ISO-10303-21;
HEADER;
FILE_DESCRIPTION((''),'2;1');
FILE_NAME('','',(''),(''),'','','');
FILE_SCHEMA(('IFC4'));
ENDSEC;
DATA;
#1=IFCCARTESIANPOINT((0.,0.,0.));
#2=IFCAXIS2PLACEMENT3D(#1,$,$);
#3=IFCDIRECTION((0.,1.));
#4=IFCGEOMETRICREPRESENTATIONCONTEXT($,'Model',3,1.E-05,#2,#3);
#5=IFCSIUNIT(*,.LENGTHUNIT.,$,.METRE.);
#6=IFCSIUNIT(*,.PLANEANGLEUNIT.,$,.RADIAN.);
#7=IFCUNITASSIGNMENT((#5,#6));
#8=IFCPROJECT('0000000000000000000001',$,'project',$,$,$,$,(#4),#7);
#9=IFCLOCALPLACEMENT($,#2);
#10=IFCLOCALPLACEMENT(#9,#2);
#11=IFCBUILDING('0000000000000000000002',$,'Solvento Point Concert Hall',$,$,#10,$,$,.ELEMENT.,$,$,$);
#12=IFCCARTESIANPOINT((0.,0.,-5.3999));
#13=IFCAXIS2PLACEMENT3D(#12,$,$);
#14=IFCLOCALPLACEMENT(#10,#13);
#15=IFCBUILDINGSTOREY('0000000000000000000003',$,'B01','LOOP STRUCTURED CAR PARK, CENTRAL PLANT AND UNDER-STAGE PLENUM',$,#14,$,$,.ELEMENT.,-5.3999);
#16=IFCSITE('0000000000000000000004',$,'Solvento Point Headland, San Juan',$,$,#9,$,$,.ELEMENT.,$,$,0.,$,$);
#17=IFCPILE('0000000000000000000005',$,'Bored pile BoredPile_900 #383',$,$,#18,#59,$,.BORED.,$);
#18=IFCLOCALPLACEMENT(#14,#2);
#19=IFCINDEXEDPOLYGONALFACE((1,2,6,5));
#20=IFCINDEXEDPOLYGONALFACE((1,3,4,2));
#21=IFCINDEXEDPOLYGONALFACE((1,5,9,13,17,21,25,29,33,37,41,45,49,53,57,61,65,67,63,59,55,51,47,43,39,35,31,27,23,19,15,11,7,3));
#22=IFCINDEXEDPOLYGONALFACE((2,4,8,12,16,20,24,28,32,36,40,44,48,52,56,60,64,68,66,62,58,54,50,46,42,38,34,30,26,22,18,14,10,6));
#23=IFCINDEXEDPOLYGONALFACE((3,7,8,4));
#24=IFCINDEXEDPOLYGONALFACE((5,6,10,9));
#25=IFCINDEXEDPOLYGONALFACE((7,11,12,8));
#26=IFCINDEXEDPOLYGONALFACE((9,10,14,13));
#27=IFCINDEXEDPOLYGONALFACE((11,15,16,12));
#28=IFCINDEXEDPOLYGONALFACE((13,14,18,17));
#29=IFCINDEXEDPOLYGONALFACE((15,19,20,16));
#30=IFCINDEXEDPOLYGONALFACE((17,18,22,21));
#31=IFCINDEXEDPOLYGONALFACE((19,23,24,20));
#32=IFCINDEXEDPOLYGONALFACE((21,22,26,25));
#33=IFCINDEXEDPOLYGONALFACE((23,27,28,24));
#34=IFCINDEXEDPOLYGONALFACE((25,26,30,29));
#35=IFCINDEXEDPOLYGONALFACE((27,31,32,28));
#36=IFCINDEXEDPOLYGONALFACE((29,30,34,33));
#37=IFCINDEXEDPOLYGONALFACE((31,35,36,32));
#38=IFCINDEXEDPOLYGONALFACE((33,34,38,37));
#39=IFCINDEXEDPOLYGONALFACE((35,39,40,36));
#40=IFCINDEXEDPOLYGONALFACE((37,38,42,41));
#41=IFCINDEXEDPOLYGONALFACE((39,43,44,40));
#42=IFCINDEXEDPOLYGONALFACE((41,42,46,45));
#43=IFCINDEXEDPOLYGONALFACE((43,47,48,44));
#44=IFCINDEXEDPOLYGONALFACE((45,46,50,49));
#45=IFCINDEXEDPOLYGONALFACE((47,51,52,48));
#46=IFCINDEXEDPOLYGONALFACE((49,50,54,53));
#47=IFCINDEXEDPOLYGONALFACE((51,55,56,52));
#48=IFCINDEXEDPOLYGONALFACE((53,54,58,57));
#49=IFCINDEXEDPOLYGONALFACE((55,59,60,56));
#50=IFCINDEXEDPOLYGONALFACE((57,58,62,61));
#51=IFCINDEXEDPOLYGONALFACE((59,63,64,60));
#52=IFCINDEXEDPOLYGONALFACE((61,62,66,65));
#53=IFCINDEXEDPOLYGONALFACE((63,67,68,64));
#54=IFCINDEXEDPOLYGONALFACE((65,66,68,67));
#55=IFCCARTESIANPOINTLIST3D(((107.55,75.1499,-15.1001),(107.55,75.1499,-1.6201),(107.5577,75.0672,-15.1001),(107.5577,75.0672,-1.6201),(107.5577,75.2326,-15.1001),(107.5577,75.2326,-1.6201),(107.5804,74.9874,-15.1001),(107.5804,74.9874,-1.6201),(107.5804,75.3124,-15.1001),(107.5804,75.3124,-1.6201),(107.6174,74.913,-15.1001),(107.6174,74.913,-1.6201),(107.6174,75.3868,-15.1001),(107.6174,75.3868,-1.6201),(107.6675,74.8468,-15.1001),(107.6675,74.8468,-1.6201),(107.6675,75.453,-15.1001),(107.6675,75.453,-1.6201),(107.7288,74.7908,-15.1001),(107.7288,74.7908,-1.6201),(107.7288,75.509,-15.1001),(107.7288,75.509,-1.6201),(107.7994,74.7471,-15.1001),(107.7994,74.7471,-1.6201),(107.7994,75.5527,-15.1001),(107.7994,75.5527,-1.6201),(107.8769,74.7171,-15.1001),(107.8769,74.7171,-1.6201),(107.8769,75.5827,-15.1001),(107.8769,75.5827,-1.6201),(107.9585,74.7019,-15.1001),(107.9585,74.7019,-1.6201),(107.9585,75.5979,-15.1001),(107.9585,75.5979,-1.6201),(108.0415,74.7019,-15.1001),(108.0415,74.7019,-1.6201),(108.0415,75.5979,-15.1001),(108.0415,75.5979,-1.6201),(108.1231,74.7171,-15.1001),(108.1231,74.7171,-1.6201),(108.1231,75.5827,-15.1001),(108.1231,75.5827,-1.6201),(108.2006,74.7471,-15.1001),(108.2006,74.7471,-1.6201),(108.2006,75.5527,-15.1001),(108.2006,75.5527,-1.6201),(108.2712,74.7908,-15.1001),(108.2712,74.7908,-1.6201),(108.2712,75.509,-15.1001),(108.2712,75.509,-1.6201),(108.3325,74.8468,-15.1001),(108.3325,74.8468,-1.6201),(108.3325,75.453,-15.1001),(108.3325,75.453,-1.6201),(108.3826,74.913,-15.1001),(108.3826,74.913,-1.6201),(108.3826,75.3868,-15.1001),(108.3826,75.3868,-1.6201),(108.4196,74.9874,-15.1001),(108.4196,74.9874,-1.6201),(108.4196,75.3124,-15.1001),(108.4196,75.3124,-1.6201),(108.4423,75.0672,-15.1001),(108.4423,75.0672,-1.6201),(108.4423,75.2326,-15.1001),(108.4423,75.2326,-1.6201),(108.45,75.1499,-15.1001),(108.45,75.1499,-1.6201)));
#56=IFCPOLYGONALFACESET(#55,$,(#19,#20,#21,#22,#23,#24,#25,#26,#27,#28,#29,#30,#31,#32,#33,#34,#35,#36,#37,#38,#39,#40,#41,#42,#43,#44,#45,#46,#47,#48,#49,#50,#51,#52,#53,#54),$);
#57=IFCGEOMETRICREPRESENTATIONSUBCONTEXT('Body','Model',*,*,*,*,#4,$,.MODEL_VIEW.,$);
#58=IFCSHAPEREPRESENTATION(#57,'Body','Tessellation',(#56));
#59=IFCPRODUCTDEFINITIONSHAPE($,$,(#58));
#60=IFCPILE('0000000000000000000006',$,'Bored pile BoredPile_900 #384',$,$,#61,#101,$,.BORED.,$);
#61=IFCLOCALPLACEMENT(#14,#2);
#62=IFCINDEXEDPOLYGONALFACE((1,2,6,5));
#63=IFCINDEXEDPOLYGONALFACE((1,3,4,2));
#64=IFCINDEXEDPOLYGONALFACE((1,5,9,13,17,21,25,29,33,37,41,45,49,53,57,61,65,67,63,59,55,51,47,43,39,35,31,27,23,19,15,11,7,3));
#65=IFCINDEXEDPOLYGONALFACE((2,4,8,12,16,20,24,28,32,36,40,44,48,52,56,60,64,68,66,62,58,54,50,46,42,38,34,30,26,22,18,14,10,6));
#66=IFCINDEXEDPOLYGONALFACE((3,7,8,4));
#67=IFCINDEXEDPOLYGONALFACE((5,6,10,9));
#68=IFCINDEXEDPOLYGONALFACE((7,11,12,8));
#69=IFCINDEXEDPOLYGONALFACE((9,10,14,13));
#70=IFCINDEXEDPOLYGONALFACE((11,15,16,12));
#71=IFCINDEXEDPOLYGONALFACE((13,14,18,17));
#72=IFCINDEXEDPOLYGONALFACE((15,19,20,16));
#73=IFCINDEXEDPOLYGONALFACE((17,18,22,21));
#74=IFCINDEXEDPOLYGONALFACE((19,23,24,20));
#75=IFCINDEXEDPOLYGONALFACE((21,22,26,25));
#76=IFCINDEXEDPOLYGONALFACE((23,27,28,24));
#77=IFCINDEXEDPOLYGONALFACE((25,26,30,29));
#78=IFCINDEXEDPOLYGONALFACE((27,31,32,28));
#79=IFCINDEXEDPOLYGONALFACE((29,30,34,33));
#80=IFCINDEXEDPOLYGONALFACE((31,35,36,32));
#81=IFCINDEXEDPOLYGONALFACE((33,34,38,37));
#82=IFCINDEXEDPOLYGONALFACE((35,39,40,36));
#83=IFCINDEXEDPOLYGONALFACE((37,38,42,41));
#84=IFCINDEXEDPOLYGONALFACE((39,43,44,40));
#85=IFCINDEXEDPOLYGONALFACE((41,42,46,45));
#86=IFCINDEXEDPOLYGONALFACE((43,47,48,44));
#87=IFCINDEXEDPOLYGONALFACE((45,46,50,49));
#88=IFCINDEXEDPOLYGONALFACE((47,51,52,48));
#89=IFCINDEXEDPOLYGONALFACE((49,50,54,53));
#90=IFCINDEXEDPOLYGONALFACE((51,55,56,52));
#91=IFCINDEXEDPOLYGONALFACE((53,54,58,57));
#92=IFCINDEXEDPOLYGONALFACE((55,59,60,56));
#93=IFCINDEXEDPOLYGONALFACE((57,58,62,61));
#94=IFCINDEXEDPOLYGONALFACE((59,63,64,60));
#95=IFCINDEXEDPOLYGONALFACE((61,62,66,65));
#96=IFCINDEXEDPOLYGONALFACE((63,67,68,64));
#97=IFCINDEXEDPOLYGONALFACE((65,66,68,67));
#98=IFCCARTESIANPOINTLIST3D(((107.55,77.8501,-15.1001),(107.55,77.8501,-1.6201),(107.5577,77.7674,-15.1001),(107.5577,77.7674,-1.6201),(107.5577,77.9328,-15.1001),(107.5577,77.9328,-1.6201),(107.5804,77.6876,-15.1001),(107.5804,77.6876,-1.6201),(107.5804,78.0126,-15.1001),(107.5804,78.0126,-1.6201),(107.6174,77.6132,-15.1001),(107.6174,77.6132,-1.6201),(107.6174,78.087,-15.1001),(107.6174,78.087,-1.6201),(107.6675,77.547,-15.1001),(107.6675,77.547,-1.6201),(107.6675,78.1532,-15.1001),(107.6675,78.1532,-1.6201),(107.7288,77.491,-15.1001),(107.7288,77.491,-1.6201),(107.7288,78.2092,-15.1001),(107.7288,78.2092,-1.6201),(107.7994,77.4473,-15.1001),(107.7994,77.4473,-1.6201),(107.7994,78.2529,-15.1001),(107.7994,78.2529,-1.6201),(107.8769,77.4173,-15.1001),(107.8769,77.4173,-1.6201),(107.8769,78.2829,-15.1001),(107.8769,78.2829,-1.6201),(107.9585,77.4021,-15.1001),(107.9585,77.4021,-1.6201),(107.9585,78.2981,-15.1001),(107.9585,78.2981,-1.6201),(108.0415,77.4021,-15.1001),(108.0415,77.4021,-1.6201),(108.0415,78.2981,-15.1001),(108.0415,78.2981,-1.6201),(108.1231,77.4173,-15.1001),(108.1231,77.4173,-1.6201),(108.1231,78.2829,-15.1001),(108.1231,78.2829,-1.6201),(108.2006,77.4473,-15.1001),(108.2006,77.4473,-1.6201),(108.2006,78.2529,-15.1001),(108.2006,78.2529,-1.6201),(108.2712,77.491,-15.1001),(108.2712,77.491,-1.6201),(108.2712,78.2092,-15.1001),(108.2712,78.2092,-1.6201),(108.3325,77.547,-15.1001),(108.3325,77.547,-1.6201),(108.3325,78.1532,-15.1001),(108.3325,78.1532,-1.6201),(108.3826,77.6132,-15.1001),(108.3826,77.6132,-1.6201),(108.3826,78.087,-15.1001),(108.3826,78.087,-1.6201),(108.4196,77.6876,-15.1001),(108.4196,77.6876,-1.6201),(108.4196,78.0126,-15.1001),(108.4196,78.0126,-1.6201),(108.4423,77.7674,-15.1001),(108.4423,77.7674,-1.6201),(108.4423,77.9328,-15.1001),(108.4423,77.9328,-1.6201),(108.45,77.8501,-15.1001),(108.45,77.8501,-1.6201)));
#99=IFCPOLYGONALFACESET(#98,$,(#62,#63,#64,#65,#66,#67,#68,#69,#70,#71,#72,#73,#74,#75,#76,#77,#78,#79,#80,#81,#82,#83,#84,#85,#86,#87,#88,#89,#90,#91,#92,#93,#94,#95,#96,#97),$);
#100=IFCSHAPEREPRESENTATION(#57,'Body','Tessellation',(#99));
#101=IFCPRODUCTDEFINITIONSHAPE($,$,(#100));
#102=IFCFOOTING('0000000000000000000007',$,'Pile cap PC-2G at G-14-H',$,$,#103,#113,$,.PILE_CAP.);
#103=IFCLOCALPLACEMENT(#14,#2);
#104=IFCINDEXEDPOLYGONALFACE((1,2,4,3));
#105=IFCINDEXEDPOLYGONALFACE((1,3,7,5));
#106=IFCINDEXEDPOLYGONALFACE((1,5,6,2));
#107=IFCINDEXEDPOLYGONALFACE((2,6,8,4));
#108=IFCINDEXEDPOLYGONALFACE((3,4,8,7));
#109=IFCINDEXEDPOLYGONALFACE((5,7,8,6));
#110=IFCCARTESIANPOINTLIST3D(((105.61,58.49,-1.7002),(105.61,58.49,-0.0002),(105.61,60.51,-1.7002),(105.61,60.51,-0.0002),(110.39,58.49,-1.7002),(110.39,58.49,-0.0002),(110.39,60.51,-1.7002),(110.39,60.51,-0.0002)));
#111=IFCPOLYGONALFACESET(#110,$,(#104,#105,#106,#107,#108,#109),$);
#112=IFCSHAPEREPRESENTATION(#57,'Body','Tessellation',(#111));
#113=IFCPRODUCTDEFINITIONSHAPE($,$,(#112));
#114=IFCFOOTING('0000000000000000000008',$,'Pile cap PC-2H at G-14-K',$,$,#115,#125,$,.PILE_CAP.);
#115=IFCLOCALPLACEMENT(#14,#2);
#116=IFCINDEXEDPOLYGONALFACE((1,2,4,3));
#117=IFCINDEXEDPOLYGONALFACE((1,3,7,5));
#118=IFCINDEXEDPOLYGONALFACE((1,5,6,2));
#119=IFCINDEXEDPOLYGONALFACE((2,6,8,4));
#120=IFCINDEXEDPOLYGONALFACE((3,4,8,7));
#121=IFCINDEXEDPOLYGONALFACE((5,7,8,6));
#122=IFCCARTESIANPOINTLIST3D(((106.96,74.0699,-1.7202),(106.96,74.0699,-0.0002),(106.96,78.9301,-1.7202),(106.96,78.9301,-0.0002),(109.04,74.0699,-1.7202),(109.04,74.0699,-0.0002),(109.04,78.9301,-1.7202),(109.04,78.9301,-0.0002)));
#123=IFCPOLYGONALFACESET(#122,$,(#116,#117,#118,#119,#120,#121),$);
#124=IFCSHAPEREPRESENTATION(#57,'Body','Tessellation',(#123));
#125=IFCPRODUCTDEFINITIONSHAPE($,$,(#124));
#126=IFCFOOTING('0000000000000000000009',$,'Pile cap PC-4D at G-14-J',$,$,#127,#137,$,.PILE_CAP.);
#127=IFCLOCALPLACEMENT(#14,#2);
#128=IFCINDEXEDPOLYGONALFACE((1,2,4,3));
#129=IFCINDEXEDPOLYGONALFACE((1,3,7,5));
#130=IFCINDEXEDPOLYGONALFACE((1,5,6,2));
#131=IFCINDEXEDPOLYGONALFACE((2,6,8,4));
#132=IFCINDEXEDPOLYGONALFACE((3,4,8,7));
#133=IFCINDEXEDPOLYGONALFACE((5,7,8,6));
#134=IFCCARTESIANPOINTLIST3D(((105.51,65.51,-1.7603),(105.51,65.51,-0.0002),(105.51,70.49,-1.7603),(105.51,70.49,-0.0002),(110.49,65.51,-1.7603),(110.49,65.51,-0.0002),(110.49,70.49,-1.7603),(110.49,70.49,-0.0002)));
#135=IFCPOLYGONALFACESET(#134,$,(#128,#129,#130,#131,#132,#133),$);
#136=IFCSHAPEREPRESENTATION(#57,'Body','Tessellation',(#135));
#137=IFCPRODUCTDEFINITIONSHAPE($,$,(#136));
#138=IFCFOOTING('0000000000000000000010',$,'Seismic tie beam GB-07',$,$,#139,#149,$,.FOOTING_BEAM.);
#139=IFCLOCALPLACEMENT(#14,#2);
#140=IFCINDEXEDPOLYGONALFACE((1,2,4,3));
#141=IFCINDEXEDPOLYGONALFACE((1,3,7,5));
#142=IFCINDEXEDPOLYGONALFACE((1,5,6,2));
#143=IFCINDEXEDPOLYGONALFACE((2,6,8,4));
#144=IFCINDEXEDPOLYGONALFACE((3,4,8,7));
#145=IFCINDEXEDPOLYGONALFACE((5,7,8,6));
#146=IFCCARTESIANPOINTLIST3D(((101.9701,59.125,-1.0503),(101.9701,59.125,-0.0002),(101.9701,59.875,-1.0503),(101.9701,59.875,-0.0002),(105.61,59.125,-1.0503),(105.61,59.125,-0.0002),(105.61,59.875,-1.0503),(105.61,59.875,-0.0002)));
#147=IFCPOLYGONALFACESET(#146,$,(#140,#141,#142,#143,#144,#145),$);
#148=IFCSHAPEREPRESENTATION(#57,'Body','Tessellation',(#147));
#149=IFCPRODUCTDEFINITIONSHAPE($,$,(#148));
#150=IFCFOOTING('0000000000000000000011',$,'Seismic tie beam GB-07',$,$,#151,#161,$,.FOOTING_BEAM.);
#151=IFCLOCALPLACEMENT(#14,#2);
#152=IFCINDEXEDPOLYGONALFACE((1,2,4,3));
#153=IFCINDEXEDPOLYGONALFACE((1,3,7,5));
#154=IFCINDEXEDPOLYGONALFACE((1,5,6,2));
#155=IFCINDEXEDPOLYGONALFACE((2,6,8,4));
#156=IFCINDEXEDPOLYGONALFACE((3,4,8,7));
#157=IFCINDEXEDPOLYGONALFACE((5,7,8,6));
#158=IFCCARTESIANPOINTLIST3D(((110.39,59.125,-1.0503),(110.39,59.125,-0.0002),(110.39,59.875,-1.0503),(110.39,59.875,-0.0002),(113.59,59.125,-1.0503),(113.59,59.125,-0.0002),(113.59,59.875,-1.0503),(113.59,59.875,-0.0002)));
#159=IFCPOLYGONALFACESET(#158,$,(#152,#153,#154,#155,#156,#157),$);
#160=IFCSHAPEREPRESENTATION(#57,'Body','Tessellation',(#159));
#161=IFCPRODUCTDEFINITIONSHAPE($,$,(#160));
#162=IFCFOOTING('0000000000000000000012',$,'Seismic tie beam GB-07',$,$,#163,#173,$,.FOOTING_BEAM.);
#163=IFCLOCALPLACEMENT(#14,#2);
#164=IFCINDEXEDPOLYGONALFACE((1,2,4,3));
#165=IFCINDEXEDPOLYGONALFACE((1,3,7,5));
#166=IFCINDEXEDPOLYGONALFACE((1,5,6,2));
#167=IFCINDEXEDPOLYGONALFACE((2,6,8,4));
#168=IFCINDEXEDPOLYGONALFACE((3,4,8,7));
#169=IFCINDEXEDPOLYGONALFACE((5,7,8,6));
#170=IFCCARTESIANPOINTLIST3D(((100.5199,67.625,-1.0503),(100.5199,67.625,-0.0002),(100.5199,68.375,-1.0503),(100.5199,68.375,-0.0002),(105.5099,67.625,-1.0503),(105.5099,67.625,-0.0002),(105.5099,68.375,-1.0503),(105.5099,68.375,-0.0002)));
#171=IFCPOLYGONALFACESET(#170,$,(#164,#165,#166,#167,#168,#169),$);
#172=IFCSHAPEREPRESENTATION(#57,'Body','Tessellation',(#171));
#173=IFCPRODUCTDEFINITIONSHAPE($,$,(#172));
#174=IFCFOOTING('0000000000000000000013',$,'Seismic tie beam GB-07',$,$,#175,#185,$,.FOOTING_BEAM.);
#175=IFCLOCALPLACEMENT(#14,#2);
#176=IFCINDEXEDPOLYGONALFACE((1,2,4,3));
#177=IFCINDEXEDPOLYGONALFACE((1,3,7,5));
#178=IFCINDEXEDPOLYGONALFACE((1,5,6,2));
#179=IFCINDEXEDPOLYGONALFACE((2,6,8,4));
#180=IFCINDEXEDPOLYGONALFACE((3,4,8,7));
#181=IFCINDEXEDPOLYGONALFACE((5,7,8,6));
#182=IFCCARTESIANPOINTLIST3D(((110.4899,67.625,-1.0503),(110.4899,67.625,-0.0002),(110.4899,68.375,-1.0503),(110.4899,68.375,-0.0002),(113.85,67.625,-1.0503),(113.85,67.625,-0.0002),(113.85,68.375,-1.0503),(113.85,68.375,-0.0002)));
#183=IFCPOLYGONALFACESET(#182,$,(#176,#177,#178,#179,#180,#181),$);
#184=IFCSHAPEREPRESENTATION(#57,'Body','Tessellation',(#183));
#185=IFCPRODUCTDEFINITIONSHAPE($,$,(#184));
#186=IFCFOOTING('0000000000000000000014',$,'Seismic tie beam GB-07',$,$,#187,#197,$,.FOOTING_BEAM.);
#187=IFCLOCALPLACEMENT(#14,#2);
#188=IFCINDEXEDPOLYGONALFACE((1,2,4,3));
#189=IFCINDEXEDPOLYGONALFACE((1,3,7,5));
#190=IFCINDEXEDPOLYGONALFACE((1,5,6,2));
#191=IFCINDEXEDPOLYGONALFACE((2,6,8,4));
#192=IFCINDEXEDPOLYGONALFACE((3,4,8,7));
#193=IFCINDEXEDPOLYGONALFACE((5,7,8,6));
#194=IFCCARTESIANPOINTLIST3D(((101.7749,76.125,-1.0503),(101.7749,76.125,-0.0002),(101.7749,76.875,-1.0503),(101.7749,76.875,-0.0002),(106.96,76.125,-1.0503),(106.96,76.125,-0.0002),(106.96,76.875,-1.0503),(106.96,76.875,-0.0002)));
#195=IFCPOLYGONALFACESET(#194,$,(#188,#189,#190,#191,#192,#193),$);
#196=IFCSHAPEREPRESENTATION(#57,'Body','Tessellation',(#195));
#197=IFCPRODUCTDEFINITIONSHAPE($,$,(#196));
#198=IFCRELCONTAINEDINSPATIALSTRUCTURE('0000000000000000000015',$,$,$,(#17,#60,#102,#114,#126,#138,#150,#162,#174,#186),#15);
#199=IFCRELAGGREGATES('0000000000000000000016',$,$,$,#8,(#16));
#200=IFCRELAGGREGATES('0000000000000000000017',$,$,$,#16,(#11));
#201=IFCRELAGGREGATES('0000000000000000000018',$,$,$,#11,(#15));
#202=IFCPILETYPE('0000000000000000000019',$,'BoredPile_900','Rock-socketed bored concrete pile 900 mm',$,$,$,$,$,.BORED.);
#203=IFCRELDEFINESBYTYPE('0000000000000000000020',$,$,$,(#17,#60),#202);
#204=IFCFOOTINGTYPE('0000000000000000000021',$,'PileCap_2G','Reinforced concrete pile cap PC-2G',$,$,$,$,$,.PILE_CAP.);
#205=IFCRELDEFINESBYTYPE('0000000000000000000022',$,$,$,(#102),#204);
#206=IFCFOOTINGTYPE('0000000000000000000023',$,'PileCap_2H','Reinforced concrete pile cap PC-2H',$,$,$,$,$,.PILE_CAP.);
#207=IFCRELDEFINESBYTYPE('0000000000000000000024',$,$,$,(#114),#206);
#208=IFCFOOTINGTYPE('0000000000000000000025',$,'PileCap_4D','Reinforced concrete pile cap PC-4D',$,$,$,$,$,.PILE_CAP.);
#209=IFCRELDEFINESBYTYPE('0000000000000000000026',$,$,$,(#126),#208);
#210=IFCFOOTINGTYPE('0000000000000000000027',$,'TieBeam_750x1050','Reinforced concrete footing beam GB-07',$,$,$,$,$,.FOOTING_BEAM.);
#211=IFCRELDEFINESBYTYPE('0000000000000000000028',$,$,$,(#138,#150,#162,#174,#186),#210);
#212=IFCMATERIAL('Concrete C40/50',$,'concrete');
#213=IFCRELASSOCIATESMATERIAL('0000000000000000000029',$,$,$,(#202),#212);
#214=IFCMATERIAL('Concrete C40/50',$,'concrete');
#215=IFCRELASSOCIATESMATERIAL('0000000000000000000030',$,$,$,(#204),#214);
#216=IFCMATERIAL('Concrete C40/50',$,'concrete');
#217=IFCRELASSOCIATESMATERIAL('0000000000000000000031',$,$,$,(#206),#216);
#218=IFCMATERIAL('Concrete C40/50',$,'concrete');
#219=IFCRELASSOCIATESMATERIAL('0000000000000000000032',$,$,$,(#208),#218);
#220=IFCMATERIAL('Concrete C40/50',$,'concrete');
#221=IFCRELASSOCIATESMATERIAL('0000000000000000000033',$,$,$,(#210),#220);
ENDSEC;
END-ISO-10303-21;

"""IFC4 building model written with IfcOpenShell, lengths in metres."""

from ifc_helpers import new_model, si_unit, direction, frame, origin, origin_2d, place, context, subcontext, project, spatial, rectangle, circle, extrude, material, material_profile, profile_set, type_object, element, save


model = new_model("IFC4")

# Units and contexts
model_context = context("Model", 3, precision=1e-05, world=origin(), true_north=direction((0.0, 1.0)))
body_context = subcontext(model_context, "Body", "Model", "MODEL_VIEW")
ifc_project = project(units=[si_unit("LENGTHUNIT", "METRE"), si_unit("PLANEANGLEUNIT", "RADIAN")], contexts=[model_context])

# Site, building, storey
site_placement = place(None, origin())
site = spatial("IfcSite", under=ifc_project, at=site_placement, Name="Solvento Point Headland, San Juan", CompositionType="ELEMENT", RefElevation=0.0)
building_placement = place(site_placement, origin())
building = spatial("IfcBuilding", under=site, at=building_placement, Name="Solvento Point Concert Hall", CompositionType="ELEMENT")
storey_placement = place(building_placement, frame((0.0, 0.0, -5.3999)))
storey = spatial("IfcBuildingStorey", under=building, at=storey_placement, Name="B01", Description="LOOP STRUCTURED CAR PARK, CENTRAL PLANT AND UNDER-STAGE PLENUM", CompositionType="ELEMENT", Elevation=-5.3999)

# Piles
ifc_material_1 = material(Name="Concrete C40/50", Category="concrete")
ifc_material_profile_1 = material_profile(ifc_material_1, circle(Radius=0.45, at=origin_2d()), Name="BP-900")
ifc_profile_set_1 = profile_set([ifc_material_profile_1], Name="Concrete C40/50")
pile_type_1 = type_object("IfcPileType", Name="BoredPile_900", Description="Rock-socketed bored concrete pile 900 mm", PredefinedType="BORED", material=ifc_profile_set_1)
for number, where, z_axis, x_axis, name in (
    (1, (108.0, 75.1499, -1.6201), (0.0, 0.0, -1.0), (1.0, 0.0, 0.0), "Bored pile BoredPile_900 #383"),
    (2, (108.0, 77.8501, -1.6201), (0.0, 0.0, -1.0), (1.0, 0.0, 0.0), "Bored pile BoredPile_900 #384"),
):
    element("IfcPile", number, at=place(storey_placement, frame(where, z_axis=z_axis, x_axis=x_axis)), inside=storey, type_object=pile_type_1, Name=name, PredefinedType="BORED", context=body_context, shape_type="SweptSolid", body=[
        extrude(circle(Radius=0.45, at=origin_2d()), origin(), (0.0, 0.0, 1.0), 13.48),
    ])

# Footings
ifc_material_2 = material(Name="Concrete C40/50", Category="concrete")
footing_type_1 = type_object("IfcFootingType", Name="PileCap_2G", Description="Reinforced concrete pile cap PC-2G", PredefinedType="PILE_CAP", material=ifc_material_2)
footing_1_placement = place(storey_placement, frame((108.0, 59.5, -1.7002), z_axis=(0.0, 0.0, 1.0), x_axis=(1.0, 0.0, 0.0)))
element("IfcFooting", 3, at=footing_1_placement, inside=storey, type_object=footing_type_1, Name="Pile cap PC-2G at G-14-H", PredefinedType="PILE_CAP", context=body_context, shape_type="SweptSolid", body=[
    extrude(rectangle(XDim=4.78, YDim=2.02, at=origin_2d()), origin(), (0.0, 0.0, 1.0), 1.7),
])
ifc_material_3 = material(Name="Concrete C40/50", Category="concrete")
footing_type_2 = type_object("IfcFootingType", Name="PileCap_2H", Description="Reinforced concrete pile cap PC-2H", PredefinedType="PILE_CAP", material=ifc_material_3)
footing_2_placement = place(storey_placement, frame((108.0, 76.5, -1.7202), z_axis=(0.0, 0.0, 1.0), x_axis=(1.0, 0.0, 0.0)))
element("IfcFooting", 4, at=footing_2_placement, inside=storey, type_object=footing_type_2, Name="Pile cap PC-2H at G-14-K", PredefinedType="PILE_CAP", context=body_context, shape_type="SweptSolid", body=[
    extrude(rectangle(XDim=2.0801, YDim=4.8601, at=origin_2d()), origin(), (0.0, 0.0, 1.0), 1.72),
])
ifc_material_4 = material(Name="Concrete C40/50", Category="concrete")
footing_type_3 = type_object("IfcFootingType", Name="PileCap_4D", Description="Reinforced concrete pile cap PC-4D", PredefinedType="PILE_CAP", material=ifc_material_4)
footing_3_placement = place(storey_placement, frame((108.0, 68.0, -1.7603), z_axis=(0.0, 0.0, 1.0), x_axis=(1.0, 0.0, 0.0)))
element("IfcFooting", 5, at=footing_3_placement, inside=storey, type_object=footing_type_3, Name="Pile cap PC-4D at G-14-J", PredefinedType="PILE_CAP", context=body_context, shape_type="SweptSolid", body=[
    extrude(rectangle(XDim=4.98, YDim=4.98, at=origin_2d()), origin(), (0.0, 0.0, 1.0), 1.76),
])
ifc_material_5 = material(Name="Concrete C40/50", Category="concrete")
footing_type_4 = type_object("IfcFootingType", Name="TieBeam_750x1050", Description="Reinforced concrete footing beam GB-07", PredefinedType="FOOTING_BEAM", material=ifc_material_5)
footing_4_placement = place(storey_placement, frame((103.79, 59.5, -1.0503), z_axis=(0.0, 0.0, 1.0), x_axis=(1.0, 0.0, 0.0)))
element("IfcFooting", 6, at=footing_4_placement, inside=storey, type_object=footing_type_4, Name="Seismic tie beam GB-07", PredefinedType="FOOTING_BEAM", context=body_context, shape_type="SweptSolid", body=[
    extrude(rectangle(XDim=3.6399, YDim=0.75, at=origin_2d()), origin(), (0.0, 0.0, 1.0), 1.05),
])
footing_5_placement = place(storey_placement, frame((111.99, 59.5, -1.0503), z_axis=(0.0, 0.0, 1.0), x_axis=(1.0, 0.0, 0.0)))
element("IfcFooting", 7, at=footing_5_placement, inside=storey, type_object=footing_type_4, Name="Seismic tie beam GB-07", PredefinedType="FOOTING_BEAM", context=body_context, shape_type="SweptSolid", body=[
    extrude(rectangle(XDim=3.2, YDim=0.75, at=origin_2d()), origin(), (0.0, 0.0, 1.0), 1.05),
])
footing_6_placement = place(storey_placement, frame((103.0149, 68.0, -1.0503), z_axis=(0.0, 0.0, 1.0), x_axis=(1.0, 0.0, 0.0)))
element("IfcFooting", 8, at=footing_6_placement, inside=storey, type_object=footing_type_4, Name="Seismic tie beam GB-07", PredefinedType="FOOTING_BEAM", context=body_context, shape_type="SweptSolid", body=[
    extrude(rectangle(XDim=4.99, YDim=0.75, at=origin_2d()), origin(), (0.0, 0.0, 1.0), 1.05),
])
footing_7_placement = place(storey_placement, frame((112.1699, 68.0, -1.0503), z_axis=(0.0, 0.0, 1.0), x_axis=(1.0, 0.0, 0.0)))
element("IfcFooting", 9, at=footing_7_placement, inside=storey, type_object=footing_type_4, Name="Seismic tie beam GB-07", PredefinedType="FOOTING_BEAM", context=body_context, shape_type="SweptSolid", body=[
    extrude(rectangle(XDim=3.3601, YDim=0.75, at=origin_2d()), origin(), (0.0, 0.0, 1.0), 1.05),
])
footing_8_placement = place(storey_placement, frame((104.3674, 76.5, -1.0503), z_axis=(0.0, 0.0, 1.0), x_axis=(1.0, 0.0, 0.0)))
element("IfcFooting", 10, at=footing_8_placement, inside=storey, type_object=footing_type_4, Name="Seismic tie beam GB-07", PredefinedType="FOOTING_BEAM", context=body_context, shape_type="SweptSolid", body=[
    extrude(rectangle(XDim=5.1851, YDim=0.75, at=origin_2d()), origin(), (0.0, 0.0, 1.0), 1.05),
])

save(model, "model.ifc")
